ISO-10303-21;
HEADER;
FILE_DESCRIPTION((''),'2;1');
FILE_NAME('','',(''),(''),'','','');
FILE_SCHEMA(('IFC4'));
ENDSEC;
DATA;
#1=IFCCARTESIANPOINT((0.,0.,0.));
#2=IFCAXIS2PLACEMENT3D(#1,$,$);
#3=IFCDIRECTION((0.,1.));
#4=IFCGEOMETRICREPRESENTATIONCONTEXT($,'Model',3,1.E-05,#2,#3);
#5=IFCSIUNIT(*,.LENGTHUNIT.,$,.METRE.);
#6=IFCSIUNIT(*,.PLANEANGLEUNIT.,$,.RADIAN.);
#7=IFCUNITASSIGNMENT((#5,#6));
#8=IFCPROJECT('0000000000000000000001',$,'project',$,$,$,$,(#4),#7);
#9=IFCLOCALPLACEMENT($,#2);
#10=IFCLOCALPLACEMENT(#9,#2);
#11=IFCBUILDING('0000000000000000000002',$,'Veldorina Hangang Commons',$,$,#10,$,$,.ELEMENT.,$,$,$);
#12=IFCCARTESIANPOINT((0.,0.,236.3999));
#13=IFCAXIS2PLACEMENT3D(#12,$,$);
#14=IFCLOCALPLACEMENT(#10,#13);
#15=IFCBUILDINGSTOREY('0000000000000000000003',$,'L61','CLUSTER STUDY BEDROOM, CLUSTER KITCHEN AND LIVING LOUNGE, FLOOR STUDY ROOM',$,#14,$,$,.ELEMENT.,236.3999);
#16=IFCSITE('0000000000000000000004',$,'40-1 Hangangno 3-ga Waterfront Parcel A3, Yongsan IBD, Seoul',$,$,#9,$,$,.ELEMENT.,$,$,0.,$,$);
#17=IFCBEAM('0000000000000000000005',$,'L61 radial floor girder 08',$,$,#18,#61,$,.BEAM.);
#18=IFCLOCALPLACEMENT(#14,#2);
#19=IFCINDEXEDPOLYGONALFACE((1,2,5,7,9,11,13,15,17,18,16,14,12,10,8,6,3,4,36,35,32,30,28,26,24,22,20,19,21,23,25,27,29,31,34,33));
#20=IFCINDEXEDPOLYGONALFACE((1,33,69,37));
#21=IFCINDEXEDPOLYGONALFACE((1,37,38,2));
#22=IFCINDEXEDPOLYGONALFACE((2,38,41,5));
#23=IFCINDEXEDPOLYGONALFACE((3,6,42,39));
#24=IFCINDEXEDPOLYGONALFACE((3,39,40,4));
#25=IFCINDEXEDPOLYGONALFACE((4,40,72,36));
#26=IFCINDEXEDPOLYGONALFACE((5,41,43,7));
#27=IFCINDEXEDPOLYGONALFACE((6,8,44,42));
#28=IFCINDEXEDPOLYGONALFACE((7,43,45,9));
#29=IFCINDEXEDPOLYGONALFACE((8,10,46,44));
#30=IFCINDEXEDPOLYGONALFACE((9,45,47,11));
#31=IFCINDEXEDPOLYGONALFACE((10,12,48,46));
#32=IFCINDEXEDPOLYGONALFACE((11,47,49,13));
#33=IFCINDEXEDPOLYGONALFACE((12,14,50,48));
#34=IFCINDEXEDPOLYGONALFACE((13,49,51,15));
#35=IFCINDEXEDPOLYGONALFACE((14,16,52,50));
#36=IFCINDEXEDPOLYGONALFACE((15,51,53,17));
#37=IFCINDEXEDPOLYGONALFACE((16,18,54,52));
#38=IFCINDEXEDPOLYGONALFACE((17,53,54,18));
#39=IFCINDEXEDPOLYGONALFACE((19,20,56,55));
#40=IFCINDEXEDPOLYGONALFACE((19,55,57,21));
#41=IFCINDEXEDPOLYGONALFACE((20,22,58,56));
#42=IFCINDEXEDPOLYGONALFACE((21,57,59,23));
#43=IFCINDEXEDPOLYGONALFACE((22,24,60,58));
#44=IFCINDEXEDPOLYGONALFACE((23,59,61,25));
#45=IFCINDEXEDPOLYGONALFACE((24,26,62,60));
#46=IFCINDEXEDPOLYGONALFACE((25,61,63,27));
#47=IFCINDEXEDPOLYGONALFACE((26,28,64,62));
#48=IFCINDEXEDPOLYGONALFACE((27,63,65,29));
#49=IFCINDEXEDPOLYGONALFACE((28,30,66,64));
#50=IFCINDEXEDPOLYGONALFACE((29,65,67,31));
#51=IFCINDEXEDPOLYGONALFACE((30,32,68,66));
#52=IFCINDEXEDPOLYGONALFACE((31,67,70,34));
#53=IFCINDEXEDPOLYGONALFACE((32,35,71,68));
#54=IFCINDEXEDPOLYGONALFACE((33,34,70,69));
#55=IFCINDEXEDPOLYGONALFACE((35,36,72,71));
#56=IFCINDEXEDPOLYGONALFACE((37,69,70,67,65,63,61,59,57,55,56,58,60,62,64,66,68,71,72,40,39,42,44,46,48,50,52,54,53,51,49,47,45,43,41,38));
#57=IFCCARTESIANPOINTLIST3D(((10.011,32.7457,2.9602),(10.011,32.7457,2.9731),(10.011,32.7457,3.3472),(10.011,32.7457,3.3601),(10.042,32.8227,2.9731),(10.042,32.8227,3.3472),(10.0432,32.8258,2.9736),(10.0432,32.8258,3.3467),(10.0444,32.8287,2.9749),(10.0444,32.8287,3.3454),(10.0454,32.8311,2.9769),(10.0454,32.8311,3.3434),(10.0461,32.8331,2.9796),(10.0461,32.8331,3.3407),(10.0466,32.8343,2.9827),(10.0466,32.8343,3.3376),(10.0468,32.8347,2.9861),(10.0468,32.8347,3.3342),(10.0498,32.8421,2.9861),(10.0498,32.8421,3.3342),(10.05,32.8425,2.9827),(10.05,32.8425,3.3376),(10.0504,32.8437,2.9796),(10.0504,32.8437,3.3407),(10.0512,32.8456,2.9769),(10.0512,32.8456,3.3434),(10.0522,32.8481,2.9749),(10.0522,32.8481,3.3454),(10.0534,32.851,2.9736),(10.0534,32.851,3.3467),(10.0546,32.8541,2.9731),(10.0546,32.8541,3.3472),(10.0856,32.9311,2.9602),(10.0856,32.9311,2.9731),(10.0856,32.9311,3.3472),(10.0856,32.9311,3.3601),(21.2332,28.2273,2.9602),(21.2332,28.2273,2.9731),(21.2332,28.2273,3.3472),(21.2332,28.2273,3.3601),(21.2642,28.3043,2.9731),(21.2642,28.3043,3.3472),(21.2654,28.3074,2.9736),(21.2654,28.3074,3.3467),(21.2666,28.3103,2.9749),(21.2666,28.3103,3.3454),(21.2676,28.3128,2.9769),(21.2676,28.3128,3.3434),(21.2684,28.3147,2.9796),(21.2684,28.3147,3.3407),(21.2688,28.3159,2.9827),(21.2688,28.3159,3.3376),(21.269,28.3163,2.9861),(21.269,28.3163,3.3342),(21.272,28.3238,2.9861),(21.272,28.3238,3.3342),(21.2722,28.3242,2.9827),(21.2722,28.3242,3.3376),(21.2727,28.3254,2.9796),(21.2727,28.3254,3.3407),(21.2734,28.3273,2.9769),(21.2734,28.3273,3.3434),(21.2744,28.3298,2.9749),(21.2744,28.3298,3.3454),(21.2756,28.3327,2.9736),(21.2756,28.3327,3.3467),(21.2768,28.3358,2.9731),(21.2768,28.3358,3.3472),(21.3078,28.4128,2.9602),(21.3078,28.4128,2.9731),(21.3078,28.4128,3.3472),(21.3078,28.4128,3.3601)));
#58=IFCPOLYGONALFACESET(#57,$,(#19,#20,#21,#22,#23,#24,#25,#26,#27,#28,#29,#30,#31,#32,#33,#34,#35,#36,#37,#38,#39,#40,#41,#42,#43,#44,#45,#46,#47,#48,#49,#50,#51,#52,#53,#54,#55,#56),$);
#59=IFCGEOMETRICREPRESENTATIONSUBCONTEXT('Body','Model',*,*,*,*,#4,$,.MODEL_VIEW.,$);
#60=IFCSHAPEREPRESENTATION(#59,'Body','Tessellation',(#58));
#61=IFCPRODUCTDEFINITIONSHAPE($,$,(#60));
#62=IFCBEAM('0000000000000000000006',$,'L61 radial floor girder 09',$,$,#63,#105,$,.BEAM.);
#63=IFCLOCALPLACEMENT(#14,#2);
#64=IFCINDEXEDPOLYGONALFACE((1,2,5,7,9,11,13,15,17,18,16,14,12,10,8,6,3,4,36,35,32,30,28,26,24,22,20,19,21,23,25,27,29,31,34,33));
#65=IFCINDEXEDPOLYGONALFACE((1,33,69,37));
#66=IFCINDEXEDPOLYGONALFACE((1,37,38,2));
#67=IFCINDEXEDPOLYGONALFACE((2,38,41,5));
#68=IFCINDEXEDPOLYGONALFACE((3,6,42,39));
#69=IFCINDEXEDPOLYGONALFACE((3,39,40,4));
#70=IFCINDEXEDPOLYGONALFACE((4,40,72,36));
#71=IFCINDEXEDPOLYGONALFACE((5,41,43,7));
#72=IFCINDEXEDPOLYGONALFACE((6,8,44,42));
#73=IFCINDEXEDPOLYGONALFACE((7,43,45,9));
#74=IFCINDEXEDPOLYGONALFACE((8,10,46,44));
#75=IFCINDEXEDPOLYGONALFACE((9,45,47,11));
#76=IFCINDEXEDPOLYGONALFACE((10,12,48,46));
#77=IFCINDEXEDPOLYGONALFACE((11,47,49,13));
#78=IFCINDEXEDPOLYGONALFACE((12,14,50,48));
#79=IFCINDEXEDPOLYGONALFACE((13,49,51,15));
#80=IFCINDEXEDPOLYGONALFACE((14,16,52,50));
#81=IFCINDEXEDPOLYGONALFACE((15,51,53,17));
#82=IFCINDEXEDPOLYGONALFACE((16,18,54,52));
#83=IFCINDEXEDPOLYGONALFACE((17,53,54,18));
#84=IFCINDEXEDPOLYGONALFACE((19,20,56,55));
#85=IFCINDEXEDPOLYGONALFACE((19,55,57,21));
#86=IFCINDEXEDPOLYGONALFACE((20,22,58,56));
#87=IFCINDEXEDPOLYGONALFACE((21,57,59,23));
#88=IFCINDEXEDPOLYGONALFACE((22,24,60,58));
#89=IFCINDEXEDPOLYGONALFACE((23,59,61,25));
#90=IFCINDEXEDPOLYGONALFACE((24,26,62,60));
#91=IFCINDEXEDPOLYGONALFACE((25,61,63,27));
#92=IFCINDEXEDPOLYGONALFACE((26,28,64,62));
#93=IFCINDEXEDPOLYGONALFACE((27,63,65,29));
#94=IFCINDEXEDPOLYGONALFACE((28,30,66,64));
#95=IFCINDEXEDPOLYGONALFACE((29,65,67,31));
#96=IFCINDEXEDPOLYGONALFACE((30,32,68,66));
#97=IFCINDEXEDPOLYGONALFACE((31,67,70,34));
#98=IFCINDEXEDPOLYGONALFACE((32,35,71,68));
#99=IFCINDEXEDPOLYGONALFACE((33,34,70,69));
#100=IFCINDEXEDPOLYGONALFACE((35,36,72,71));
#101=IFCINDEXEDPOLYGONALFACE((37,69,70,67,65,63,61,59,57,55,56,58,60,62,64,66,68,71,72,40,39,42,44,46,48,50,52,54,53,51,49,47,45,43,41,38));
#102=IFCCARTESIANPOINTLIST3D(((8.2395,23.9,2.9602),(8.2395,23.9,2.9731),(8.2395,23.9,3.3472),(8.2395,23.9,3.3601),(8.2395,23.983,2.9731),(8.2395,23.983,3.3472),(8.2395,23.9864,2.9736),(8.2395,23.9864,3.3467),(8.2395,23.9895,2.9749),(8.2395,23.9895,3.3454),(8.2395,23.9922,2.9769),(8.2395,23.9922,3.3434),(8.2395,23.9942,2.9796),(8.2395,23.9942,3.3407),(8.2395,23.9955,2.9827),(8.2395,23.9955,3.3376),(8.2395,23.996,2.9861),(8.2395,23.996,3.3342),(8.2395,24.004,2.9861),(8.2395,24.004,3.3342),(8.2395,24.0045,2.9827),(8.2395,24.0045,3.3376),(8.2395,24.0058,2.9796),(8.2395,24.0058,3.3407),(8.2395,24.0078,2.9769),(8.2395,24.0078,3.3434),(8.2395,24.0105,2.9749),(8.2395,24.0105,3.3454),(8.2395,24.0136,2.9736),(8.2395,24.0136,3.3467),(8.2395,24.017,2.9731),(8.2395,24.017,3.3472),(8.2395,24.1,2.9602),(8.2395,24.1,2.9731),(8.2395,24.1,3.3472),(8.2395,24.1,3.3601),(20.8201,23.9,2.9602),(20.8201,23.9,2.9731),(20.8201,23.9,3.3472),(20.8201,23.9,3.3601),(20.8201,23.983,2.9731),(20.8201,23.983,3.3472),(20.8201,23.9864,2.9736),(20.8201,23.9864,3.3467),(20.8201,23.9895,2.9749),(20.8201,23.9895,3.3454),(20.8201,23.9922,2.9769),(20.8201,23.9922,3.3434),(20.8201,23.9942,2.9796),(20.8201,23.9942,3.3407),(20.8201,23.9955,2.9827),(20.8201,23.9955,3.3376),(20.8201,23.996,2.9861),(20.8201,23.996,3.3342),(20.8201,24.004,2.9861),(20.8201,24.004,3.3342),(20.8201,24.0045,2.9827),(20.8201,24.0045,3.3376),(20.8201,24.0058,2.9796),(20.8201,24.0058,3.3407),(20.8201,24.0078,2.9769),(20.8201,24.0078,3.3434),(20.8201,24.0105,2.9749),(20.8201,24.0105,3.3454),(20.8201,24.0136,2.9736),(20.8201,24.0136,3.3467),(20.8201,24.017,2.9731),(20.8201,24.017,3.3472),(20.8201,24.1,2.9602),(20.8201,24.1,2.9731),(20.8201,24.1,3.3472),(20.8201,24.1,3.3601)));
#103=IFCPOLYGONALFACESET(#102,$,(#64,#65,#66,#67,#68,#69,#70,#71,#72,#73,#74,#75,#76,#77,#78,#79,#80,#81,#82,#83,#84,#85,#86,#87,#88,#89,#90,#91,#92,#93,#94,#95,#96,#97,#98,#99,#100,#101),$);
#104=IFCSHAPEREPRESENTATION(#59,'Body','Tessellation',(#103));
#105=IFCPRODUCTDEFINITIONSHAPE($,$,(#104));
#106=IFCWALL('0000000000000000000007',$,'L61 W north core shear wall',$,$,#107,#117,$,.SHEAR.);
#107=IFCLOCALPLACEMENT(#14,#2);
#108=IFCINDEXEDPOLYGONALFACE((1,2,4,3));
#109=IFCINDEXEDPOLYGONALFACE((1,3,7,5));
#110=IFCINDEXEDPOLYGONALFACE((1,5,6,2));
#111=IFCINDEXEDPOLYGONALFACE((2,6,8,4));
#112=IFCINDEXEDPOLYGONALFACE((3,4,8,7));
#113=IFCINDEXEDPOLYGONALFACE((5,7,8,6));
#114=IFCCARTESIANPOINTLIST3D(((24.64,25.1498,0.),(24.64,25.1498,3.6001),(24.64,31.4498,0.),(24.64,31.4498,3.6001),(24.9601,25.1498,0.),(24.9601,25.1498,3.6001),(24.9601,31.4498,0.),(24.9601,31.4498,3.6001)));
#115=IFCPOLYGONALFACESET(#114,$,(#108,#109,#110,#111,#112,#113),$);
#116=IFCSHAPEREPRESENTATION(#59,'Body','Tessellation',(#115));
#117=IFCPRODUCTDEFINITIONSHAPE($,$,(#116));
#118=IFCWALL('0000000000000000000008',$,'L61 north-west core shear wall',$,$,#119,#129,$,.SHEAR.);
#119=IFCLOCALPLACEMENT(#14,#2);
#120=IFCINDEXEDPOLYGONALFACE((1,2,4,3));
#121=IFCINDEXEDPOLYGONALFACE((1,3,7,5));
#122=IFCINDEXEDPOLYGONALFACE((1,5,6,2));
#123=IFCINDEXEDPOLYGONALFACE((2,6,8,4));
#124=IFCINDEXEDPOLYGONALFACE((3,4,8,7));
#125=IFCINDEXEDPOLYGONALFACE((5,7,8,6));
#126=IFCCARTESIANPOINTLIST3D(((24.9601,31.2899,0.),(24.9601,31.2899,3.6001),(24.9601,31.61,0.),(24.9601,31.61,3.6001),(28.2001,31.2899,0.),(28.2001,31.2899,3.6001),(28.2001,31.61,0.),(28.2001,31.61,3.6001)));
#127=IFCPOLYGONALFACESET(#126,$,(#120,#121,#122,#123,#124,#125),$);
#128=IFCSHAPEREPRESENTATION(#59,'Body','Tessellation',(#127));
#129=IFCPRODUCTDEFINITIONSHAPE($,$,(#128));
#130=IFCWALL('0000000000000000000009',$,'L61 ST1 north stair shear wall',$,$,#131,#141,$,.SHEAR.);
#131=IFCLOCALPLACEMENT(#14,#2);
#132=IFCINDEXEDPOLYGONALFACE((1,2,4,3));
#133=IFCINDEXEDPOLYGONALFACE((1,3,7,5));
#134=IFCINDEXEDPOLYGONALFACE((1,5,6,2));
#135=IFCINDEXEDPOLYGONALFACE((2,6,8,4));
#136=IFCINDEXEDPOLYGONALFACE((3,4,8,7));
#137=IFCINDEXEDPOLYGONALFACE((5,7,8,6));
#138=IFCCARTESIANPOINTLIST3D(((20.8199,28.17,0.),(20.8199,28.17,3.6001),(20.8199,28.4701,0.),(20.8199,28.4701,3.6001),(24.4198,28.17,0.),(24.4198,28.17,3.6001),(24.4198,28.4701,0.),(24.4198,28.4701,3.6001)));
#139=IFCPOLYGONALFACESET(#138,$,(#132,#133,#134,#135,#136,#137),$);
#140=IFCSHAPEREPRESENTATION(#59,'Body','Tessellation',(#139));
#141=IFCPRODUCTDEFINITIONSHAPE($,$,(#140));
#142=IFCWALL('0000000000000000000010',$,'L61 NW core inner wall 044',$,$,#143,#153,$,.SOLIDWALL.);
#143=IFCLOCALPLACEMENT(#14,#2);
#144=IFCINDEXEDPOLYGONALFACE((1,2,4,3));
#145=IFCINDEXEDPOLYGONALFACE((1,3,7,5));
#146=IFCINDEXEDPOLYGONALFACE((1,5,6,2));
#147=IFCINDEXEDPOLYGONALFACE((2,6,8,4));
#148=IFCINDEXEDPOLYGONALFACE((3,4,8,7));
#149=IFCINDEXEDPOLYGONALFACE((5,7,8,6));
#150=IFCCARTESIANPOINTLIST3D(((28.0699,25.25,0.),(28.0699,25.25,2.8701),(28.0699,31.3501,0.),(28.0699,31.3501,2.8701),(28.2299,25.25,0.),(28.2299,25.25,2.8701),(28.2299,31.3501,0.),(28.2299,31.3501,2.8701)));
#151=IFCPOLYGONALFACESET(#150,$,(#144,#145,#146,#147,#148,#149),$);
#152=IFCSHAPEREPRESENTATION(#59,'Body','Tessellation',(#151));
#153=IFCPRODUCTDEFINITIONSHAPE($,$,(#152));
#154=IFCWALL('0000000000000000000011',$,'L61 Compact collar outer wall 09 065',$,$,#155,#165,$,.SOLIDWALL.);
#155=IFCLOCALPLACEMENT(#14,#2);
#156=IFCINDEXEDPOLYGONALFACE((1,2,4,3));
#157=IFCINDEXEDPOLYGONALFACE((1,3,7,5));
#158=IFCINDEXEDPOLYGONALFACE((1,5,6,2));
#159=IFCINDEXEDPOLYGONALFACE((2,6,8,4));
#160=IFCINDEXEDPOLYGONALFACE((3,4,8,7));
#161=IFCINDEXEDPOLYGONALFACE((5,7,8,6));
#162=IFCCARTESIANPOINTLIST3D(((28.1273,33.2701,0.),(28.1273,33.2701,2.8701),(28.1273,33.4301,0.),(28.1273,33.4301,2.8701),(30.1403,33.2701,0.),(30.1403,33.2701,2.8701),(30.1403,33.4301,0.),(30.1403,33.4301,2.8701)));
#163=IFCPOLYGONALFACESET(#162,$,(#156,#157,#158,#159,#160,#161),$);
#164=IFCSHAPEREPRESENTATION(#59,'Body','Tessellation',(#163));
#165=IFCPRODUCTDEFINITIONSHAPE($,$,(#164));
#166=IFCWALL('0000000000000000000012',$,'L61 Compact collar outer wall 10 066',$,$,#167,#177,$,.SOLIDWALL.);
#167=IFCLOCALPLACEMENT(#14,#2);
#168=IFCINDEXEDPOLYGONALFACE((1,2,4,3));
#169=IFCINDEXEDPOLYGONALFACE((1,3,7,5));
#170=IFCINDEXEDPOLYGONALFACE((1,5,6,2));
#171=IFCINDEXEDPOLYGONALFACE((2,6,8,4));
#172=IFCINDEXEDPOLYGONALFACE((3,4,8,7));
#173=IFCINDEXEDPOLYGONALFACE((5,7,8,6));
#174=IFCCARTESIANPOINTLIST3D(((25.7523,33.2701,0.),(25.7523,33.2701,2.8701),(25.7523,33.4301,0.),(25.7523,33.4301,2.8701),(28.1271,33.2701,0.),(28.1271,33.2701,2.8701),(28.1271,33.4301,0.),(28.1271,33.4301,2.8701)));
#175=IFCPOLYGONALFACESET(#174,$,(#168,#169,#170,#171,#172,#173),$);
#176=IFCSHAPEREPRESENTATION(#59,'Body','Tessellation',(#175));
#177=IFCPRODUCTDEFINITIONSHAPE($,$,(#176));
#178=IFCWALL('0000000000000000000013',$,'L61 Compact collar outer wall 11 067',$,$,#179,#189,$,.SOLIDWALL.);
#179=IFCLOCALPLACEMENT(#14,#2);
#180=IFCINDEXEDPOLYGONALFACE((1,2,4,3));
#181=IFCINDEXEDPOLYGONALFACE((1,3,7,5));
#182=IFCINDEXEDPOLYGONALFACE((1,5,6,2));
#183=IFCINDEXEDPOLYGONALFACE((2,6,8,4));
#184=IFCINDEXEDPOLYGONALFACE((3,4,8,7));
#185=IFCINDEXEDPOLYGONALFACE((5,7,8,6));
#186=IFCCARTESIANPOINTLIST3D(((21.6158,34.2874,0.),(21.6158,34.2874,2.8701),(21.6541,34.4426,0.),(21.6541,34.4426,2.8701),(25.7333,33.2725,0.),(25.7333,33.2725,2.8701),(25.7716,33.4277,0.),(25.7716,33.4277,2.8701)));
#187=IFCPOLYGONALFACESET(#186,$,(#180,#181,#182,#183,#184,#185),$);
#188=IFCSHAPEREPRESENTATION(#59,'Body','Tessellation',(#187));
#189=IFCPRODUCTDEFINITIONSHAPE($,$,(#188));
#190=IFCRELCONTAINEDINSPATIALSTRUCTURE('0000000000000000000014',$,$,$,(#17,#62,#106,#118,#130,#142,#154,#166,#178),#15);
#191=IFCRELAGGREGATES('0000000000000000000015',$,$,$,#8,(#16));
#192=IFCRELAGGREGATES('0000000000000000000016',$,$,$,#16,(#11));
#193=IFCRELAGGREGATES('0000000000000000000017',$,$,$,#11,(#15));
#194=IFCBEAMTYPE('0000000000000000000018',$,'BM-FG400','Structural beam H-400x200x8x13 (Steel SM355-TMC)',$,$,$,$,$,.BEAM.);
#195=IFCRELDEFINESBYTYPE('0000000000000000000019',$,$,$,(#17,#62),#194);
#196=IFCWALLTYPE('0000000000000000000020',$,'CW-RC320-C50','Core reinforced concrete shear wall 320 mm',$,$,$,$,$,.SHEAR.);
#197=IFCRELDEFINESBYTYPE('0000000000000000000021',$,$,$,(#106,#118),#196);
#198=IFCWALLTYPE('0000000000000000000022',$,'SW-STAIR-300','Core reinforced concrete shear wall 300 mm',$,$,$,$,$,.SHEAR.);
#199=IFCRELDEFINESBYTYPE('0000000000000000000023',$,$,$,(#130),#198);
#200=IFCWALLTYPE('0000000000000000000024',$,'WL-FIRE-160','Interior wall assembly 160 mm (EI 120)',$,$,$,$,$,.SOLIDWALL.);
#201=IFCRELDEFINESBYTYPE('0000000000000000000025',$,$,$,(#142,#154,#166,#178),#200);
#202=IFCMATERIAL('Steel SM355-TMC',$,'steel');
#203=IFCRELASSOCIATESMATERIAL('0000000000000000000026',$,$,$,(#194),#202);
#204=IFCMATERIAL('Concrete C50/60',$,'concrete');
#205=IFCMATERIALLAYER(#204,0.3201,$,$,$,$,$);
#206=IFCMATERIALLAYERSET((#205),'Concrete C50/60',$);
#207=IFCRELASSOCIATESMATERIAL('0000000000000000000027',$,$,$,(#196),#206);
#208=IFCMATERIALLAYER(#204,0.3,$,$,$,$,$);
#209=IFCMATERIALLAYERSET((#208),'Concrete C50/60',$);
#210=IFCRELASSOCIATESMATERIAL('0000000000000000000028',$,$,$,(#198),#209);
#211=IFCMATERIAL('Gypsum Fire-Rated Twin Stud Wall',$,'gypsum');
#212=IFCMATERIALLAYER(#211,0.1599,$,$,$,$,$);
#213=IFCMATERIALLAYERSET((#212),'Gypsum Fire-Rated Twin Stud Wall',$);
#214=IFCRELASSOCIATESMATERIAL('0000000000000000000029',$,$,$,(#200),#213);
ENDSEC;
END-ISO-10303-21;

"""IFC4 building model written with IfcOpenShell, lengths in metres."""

from ifc_helpers import new_model, si_unit, direction, frame, frame_2d, origin, origin_2d, place, context, subcontext, project, spatial, rectangle, i_section, extrude, material, layer, layer_set, material_profile, profile_set, type_object, element, save


model = new_model("IFC4")

# Units and contexts
model_context = context("Model", 3, precision=1e-05, world=origin(), true_north=direction((0.0, 1.0)))
body_context = subcontext(model_context, "Body", "Model", "MODEL_VIEW")
ifc_project = project(units=[si_unit("LENGTHUNIT", "METRE"), si_unit("PLANEANGLEUNIT", "RADIAN")], contexts=[model_context])

# Site, building, storey
site_placement = place(None, origin())
site = spatial("IfcSite", under=ifc_project, at=site_placement, Name="40-1 Hangangno 3-ga Waterfront Parcel A3, Yongsan IBD, Seoul", CompositionType="ELEMENT", RefElevation=0.0)
building_placement = place(site_placement, origin())
building = spatial("IfcBuilding", under=site, at=building_placement, Name="Veldorina Hangang Commons", CompositionType="ELEMENT")
storey_placement = place(building_placement, frame((0.0, 0.0, 236.3999)))
storey = spatial("IfcBuildingStorey", under=building, at=storey_placement, Name="L61", Description="CLUSTER STUDY BEDROOM, CLUSTER KITCHEN AND LIVING LOUNGE, FLOOR STUDY ROOM", CompositionType="ELEMENT", Elevation=236.3999)

# Beams
ifc_material_1 = material(Name="Concrete C50/60", Category="concrete")
ifc_material_2 = material(Name="Steel SM355-TMC", Category="steel")
ifc_material_profile_1 = material_profile(ifc_material_2, i_section(OverallWidth=0.2, OverallDepth=0.3999, WebThickness=0.0081, FlangeThickness=0.0129, FilletRadius=0.0129, at=origin_2d()), Name="H-400x200x8x13")
ifc_profile_set_1 = profile_set([ifc_material_profile_1], Name="Steel SM355-TMC")
beam_type_1 = type_object("IfcBeamType", Name="BM-FG400", Description="Structural beam H-400x200x8x13 (Steel SM355-TMC)", PredefinedType="BEAM", material=ifc_profile_set_1)
beam_1_placement = place(storey_placement, frame((21.2705, 28.3201, 3.1602), z_axis=(-0.927635, 0.373488, 0.0), x_axis=(-0.373488, -0.927635, 0.0)))
element("IfcBeam", 1, at=beam_1_placement, inside=storey, type_object=beam_type_1, Name="L61 radial floor girder 08", PredefinedType="BEAM", context=body_context, shape_type="SweptSolid", body=[
    extrude(i_section(OverallWidth=0.2, OverallDepth=0.3999, WebThickness=0.0081, FlangeThickness=0.0129, FilletRadius=0.0129, at=origin_2d()), origin(), (0.0, 0.0, 1.0), 12.0977),
])
beam_2_placement = place(storey_placement, frame((20.8201, 24.0, 3.1602), z_axis=(-1.0, 0.0, 0.0), x_axis=(0.0, -1.0, 0.0)))
element("IfcBeam", 2, at=beam_2_placement, inside=storey, type_object=beam_type_1, Name="L61 radial floor girder 09", PredefinedType="BEAM", context=body_context, shape_type="SweptSolid", body=[
    extrude(i_section(OverallWidth=0.2, OverallDepth=0.3999, WebThickness=0.0081, FlangeThickness=0.0129, FilletRadius=0.0129, at=origin_2d()), origin(), (0.0, 0.0, 1.0), 12.5806),
])

# Walls
ifc_layer_1 = layer(ifc_material_1, 0.3201)
ifc_layer_set_1 = layer_set([ifc_layer_1], Name="Concrete C50/60")
wall_type_1 = type_object("IfcWallType", Name="CW-RC320-C50", Description="Core reinforced concrete shear wall 320 mm", PredefinedType="SHEAR", material=ifc_layer_set_1)
wall_1_placement = place(storey_placement, frame((24.8, 25.1499, 0.0), z_axis=(0.0, 0.0, 1.0), x_axis=(0.0, 1.0, 0.0)))
element("IfcWall", 3, at=wall_1_placement, inside=storey, type_object=wall_type_1, Name="L61 W north core shear wall", PredefinedType="SHEAR", context=body_context, shape_type="SweptSolid", body=[
    extrude(rectangle(XDim=6.3, YDim=0.3201, at=frame_2d((3.1499, 0.0))), origin(), (0.0, 0.0, 1.0), 3.6001),
])
wall_2_placement = place(storey_placement, frame((24.96, 31.45, 0.0), z_axis=(0.0, 0.0, 1.0), x_axis=(1.0, 0.0, 0.0)))
element("IfcWall", 4, at=wall_2_placement, inside=storey, type_object=wall_type_1, Name="L61 north-west core shear wall", PredefinedType="SHEAR", context=body_context, shape_type="SweptSolid", body=[
    extrude(rectangle(XDim=3.24, YDim=0.3201, at=frame_2d((1.6201, 0.0))), origin(), (0.0, 0.0, 1.0), 3.6001),
])
ifc_layer_2 = layer(ifc_material_1, 0.3)
ifc_layer_set_2 = layer_set([ifc_layer_2], Name="Concrete C50/60")
wall_type_2 = type_object("IfcWallType", Name="SW-STAIR-300", Description="Core reinforced concrete shear wall 300 mm", PredefinedType="SHEAR", material=ifc_layer_set_2)
wall_3_placement = place(storey_placement, frame((20.8201, 28.3201, 0.0), z_axis=(0.0, 0.0, 1.0), x_axis=(1.0, 0.0, 0.0)))
element("IfcWall", 5, at=wall_3_placement, inside=storey, type_object=wall_type_2, Name="L61 ST1 north stair shear wall", PredefinedType="SHEAR", context=body_context, shape_type="SweptSolid", body=[
    extrude(rectangle(XDim=3.5999, YDim=0.3, at=frame_2d((1.7998, 0.0))), origin(), (0.0, 0.0, 1.0), 3.6001),
])
ifc_material_3 = material(Name="Gypsum Fire-Rated Twin Stud Wall", Category="gypsum")
ifc_layer_3 = layer(ifc_material_3, 0.1599)
ifc_layer_set_3 = layer_set([ifc_layer_3], Name="Gypsum Fire-Rated Twin Stud Wall")
wall_type_3 = type_object("IfcWallType", Name="WL-FIRE-160", Description="Interior wall assembly 160 mm (EI 120)", PredefinedType="SOLIDWALL", material=ifc_layer_set_3)
wall_4_placement = place(storey_placement, frame((28.1499, 25.25, 0.0), z_axis=(0.0, 0.0, 1.0), x_axis=(0.0, 1.0, 0.0)))
element("IfcWall", 6, at=wall_4_placement, inside=storey, type_object=wall_type_3, Name="L61 NW core inner wall 044", PredefinedType="SOLIDWALL", context=body_context, shape_type="SweptSolid", body=[
    extrude(rectangle(XDim=6.1001, YDim=0.1599, at=frame_2d((3.05, 0.0))), origin(), (0.0, 0.0, 1.0), 2.8701),
])
wall_5_placement = place(storey_placement, frame((30.1401, 33.3501, 0.0), z_axis=(0.0, 0.0, 1.0), x_axis=(-1.0, 0.0, 0.0)))
element("IfcWall", 7, at=wall_5_placement, inside=storey, type_object=wall_type_3, Name="L61 Compact collar outer wall 09 065", PredefinedType="SOLIDWALL", context=body_context, shape_type="SweptSolid", body=[
    extrude(rectangle(XDim=2.0129, YDim=0.1599, at=frame_2d((1.0063, 0.0))), origin(), (0.0, 0.0, 1.0), 2.8701),
])
wall_6_placement = place(storey_placement, frame((28.1272, 33.3501, 0.0), z_axis=(0.0, 0.0, 1.0), x_axis=(-1.0, 0.0, 0.0)))
element("IfcWall", 8, at=wall_6_placement, inside=storey, type_object=wall_type_3, Name="L61 Compact collar outer wall 10 066", PredefinedType="SOLIDWALL", context=body_context, shape_type="SweptSolid", body=[
    extrude(rectangle(XDim=2.3748, YDim=0.1599, at=frame_2d((1.1875, 0.0))), origin(), (0.0, 0.0, 1.0), 2.8701),
])
wall_7_placement = place(storey_placement, frame((25.7524, 33.3501, 0.0), z_axis=(0.0, 0.0, 1.0), x_axis=(-0.97094, 0.239324, 0.0)))
element("IfcWall", 9, at=wall_7_placement, inside=storey, type_object=wall_type_3, Name="L61 Compact collar outer wall 11 067", PredefinedType="SOLIDWALL", context=body_context, shape_type="SweptSolid", body=[
    extrude(rectangle(XDim=4.2407, YDim=0.1599, at=frame_2d((2.1204, 0.0))), origin(), (0.0, 0.0, 1.0), 2.8701),
])

save(model, "model.ifc")
